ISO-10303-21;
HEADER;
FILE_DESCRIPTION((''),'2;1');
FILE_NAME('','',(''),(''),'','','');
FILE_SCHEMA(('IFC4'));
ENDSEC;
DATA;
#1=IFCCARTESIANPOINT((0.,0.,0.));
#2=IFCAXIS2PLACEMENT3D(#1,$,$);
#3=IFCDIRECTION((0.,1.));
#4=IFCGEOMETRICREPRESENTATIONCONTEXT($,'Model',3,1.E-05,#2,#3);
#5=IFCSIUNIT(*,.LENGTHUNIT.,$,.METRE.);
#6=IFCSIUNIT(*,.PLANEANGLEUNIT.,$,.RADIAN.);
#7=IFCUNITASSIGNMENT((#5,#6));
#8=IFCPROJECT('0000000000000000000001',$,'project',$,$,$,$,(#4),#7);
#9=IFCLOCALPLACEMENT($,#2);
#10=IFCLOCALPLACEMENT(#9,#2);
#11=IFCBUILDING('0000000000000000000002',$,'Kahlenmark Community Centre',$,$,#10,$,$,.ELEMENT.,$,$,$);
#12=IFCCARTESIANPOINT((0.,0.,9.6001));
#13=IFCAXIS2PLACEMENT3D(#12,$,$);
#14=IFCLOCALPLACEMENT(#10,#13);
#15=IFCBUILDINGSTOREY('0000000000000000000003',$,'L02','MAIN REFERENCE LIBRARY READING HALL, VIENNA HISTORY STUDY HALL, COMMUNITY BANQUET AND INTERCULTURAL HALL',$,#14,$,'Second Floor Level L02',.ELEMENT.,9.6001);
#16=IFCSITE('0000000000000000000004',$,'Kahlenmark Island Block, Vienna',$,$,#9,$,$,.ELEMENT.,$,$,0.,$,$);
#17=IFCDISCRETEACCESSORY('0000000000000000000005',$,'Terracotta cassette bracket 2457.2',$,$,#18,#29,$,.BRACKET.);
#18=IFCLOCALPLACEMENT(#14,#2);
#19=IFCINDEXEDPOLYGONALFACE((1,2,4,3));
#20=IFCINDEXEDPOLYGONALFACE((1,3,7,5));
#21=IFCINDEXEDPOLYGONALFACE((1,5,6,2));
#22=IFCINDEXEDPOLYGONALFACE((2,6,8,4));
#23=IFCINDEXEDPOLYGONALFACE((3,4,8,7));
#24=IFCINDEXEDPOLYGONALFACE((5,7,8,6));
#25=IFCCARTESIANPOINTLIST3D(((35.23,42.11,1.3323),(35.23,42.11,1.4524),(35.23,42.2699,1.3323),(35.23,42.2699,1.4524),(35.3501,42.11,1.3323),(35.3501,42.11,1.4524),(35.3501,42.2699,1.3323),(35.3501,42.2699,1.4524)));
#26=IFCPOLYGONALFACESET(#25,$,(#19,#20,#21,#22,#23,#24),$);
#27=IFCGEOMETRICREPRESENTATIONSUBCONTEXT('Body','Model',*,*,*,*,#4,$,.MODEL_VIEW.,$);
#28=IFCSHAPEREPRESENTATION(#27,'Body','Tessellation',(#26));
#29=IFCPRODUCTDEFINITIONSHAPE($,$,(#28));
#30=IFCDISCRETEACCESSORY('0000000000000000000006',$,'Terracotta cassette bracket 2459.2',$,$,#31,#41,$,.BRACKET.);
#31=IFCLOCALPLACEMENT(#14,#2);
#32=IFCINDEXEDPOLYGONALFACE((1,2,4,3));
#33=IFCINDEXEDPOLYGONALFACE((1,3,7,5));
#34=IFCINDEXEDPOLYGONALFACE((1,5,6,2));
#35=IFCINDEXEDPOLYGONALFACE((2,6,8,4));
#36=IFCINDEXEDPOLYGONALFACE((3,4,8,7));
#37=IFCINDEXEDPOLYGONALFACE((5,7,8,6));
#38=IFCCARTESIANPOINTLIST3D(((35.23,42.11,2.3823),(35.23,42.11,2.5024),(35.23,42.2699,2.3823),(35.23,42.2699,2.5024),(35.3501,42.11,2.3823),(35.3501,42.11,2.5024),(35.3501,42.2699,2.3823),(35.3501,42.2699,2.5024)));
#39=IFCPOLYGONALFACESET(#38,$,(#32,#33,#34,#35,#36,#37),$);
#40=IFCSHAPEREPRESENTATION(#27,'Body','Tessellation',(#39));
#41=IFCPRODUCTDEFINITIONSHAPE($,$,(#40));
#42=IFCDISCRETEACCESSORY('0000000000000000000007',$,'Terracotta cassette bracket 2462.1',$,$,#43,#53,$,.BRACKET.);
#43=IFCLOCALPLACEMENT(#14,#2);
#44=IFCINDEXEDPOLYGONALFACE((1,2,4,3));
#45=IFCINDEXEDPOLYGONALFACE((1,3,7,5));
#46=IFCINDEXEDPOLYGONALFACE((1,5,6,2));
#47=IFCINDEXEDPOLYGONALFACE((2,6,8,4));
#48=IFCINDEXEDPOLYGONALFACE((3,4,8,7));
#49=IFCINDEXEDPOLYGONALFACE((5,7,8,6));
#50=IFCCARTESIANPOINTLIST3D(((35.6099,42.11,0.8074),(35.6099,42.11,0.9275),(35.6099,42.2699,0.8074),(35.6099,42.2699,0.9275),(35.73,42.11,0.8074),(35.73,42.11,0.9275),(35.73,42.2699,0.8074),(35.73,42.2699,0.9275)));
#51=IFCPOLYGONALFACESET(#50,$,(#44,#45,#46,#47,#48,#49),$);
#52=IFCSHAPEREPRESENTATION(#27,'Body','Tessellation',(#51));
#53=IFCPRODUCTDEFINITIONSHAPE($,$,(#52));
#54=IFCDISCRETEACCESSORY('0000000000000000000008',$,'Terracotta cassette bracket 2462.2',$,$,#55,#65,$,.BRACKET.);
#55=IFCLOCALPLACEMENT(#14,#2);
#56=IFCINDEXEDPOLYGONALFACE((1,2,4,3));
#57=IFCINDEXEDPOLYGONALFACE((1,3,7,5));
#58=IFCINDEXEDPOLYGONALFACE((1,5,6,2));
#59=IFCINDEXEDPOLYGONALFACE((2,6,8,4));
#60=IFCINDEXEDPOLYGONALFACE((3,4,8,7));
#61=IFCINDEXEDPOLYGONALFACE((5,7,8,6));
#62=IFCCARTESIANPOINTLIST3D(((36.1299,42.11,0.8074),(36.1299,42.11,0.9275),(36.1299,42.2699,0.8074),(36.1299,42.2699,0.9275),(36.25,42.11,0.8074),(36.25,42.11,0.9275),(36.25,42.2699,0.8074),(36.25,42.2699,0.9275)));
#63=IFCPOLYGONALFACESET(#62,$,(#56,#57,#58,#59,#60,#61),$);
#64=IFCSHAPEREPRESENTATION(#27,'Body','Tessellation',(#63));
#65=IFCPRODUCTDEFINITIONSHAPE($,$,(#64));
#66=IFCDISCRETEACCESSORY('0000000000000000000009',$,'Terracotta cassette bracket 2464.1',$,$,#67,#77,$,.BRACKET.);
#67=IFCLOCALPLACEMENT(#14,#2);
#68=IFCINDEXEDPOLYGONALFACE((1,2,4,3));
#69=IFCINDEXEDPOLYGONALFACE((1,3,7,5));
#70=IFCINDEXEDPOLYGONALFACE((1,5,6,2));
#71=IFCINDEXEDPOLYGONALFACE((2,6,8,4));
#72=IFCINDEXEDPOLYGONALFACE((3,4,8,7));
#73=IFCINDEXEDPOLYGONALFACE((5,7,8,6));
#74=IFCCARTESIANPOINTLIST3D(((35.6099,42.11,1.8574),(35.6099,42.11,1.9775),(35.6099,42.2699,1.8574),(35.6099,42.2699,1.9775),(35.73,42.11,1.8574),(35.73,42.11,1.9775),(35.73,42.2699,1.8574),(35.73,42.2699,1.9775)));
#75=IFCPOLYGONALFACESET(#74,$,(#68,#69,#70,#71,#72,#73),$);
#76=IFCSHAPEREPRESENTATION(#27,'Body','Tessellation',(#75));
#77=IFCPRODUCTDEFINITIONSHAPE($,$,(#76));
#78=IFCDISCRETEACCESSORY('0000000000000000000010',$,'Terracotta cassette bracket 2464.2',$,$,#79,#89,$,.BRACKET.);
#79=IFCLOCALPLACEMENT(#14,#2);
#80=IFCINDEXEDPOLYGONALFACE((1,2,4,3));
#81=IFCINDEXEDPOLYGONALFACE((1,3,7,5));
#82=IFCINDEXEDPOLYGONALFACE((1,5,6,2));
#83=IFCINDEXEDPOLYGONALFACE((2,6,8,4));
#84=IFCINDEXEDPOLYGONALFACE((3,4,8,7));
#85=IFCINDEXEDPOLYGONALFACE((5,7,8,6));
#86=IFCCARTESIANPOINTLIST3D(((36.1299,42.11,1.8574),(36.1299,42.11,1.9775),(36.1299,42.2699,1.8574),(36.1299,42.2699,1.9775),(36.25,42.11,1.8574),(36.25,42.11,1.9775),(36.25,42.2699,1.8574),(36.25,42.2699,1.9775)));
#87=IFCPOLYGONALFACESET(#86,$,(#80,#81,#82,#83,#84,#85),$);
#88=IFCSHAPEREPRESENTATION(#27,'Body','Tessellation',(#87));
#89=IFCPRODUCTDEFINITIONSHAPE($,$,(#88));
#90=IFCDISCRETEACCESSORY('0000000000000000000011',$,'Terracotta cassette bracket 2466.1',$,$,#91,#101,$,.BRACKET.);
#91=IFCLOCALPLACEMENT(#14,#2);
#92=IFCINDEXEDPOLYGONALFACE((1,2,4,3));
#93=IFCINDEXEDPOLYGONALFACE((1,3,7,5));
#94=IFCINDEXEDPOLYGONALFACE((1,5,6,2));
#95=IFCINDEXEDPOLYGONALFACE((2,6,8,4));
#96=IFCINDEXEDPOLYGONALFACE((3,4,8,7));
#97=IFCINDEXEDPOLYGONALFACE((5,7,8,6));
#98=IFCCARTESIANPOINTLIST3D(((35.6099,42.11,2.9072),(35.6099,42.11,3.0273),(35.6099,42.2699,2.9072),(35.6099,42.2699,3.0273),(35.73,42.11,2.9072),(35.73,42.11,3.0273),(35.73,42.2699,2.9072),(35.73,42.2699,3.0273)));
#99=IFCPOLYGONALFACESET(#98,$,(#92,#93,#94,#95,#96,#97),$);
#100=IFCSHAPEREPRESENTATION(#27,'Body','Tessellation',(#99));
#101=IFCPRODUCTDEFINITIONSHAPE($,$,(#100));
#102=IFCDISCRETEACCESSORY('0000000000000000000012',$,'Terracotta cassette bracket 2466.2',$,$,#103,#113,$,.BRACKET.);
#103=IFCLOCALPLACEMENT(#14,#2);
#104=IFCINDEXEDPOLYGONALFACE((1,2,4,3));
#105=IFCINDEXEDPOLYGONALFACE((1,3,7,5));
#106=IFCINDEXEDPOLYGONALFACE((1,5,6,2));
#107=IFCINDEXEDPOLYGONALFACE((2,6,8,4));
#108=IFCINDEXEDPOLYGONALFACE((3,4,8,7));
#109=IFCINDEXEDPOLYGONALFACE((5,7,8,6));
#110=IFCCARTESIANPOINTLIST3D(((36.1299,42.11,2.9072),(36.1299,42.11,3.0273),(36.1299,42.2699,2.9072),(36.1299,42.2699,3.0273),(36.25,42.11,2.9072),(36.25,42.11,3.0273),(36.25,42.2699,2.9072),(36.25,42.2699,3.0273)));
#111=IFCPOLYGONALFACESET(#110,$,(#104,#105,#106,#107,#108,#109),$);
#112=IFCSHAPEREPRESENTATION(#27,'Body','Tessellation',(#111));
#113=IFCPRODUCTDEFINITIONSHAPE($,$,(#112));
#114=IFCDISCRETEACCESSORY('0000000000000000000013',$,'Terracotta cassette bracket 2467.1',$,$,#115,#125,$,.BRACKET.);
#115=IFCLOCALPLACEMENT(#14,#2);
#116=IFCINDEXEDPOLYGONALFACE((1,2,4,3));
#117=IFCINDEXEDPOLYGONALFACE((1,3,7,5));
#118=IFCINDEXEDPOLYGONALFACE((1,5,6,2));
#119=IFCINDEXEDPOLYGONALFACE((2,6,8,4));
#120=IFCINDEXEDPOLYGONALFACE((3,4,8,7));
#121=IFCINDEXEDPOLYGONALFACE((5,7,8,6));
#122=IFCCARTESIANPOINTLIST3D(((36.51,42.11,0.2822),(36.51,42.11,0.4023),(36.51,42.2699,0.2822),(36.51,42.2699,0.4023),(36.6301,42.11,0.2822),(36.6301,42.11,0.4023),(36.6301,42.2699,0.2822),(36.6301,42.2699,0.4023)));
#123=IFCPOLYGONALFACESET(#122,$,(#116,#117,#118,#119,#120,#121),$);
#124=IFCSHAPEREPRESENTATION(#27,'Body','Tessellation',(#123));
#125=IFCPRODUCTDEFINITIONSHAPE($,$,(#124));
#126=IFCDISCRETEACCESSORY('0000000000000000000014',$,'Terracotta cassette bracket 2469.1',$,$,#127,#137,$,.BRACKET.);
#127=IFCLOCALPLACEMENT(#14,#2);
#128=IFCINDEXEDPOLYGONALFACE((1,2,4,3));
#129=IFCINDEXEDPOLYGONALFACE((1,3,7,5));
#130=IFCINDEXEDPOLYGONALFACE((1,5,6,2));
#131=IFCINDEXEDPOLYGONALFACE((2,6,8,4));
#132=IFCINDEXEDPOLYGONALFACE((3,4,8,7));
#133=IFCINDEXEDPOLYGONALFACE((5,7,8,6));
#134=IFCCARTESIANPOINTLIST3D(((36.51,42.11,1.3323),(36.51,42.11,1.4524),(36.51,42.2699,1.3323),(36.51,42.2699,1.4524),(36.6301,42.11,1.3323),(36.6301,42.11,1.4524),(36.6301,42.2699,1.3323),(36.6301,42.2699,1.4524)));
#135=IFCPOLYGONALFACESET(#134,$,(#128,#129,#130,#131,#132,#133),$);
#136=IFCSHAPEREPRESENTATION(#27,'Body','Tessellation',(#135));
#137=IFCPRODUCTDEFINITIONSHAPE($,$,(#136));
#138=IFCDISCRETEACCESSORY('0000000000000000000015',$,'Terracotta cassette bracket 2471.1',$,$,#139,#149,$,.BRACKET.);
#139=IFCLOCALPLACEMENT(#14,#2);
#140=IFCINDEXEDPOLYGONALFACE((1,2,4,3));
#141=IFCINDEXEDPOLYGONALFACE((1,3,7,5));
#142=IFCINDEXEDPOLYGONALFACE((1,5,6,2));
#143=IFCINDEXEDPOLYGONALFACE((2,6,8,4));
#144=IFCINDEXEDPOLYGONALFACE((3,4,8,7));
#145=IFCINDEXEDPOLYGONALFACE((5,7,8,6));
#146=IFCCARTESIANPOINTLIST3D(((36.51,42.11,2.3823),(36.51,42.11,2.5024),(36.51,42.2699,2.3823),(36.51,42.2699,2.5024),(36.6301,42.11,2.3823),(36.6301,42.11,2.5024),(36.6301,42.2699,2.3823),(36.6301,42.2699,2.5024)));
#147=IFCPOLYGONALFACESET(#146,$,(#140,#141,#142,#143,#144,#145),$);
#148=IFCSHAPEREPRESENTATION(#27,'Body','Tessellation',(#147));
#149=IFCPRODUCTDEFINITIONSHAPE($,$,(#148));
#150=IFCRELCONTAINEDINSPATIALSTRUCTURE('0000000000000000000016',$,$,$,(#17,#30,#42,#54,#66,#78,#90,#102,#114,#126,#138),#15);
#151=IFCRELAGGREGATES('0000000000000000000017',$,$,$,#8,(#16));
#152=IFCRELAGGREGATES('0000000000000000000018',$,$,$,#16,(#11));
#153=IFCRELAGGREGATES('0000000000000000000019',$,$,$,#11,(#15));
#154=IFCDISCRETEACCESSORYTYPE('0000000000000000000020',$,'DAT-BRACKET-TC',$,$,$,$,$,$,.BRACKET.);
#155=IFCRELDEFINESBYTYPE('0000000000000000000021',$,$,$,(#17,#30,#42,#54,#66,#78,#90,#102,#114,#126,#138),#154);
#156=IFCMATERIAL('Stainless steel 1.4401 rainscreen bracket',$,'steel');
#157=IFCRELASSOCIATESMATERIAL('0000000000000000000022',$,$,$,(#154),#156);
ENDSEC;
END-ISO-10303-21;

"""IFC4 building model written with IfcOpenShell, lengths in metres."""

from ifc_helpers import new_model, si_unit, direction, frame, origin, origin_2d, place, context, subcontext, project, spatial, rectangle, extrude, material, type_object, element, save


model = new_model("IFC4")

# Units and contexts
model_context = context("Model", 3, precision=1e-05, world=origin(), true_north=direction((0.0, 1.0)))
body_context = subcontext(model_context, "Body", "Model", "MODEL_VIEW")
ifc_project = project(units=[si_unit("LENGTHUNIT", "METRE"), si_unit("PLANEANGLEUNIT", "RADIAN")], contexts=[model_context])

# Site, building, storey
site_placement = place(None, origin())
site = spatial("IfcSite", under=ifc_project, at=site_placement, Name="Kahlenmark Island Block, Vienna", CompositionType="ELEMENT", RefElevation=0.0)
building_placement = place(site_placement, origin())
building = spatial("IfcBuilding", under=site, at=building_placement, Name="Kahlenmark Community Centre", CompositionType="ELEMENT")
storey_placement = place(building_placement, frame((0.0, 0.0, 9.6001)))
storey = spatial("IfcBuildingStorey", under=building, at=storey_placement, Name="L02", Description="MAIN REFERENCE LIBRARY READING HALL, VIENNA HISTORY STUDY HALL, COMMUNITY BANQUET AND INTERCULTURAL HALL", LongName="Second Floor Level L02", CompositionType="ELEMENT", Elevation=9.6001)

# Discrete accessories
ifc_material_1 = material(Name="Stainless steel 1.4401 rainscreen bracket", Category="steel")
discrete_accessory_type = type_object("IfcDiscreteAccessoryType", Name="DAT-BRACKET-TC", PredefinedType="BRACKET", material=ifc_material_1)
for number, where, z_axis, x_axis, name in (
    (1, (35.29, 42.1899, 1.3323), (0.0, 0.0, 1.0), (1.0, 0.0, 0.0), "Terracotta cassette bracket 2457.2"),
    (2, (35.29, 42.1899, 2.3823), (0.0, 0.0, 1.0), (1.0, 0.0, 0.0), "Terracotta cassette bracket 2459.2"),
    (3, (35.6699, 42.1899, 0.8074), (0.0, 0.0, 1.0), (1.0, 0.0, 0.0), "Terracotta cassette bracket 2462.1"),
    (4, (36.1899, 42.1899, 0.8074), (0.0, 0.0, 1.0), (1.0, 0.0, 0.0), "Terracotta cassette bracket 2462.2"),
    (5, (35.6699, 42.1899, 1.8574), (0.0, 0.0, 1.0), (1.0, 0.0, 0.0), "Terracotta cassette bracket 2464.1"),
    (6, (36.1899, 42.1899, 1.8574), (0.0, 0.0, 1.0), (1.0, 0.0, 0.0), "Terracotta cassette bracket 2464.2"),
    (7, (35.6699, 42.1899, 2.9072), (0.0, 0.0, 1.0), (1.0, 0.0, 0.0), "Terracotta cassette bracket 2466.1"),
    (8, (36.1899, 42.1899, 2.9072), (0.0, 0.0, 1.0), (1.0, 0.0, 0.0), "Terracotta cassette bracket 2466.2"),
    (9, (36.5701, 42.1899, 0.2822), (0.0, 0.0, 1.0), (1.0, 0.0, 0.0), "Terracotta cassette bracket 2467.1"),
    (10, (36.5701, 42.1899, 1.3323), (0.0, 0.0, 1.0), (1.0, 0.0, 0.0), "Terracotta cassette bracket 2469.1"),
    (11, (36.5701, 42.1899, 2.3823), (0.0, 0.0, 1.0), (1.0, 0.0, 0.0), "Terracotta cassette bracket 2471.1"),
):
    element("IfcDiscreteAccessory", number, at=place(storey_placement, frame(where, z_axis=z_axis, x_axis=x_axis)), inside=storey, type_object=discrete_accessory_type, Name=name, PredefinedType="BRACKET", context=body_context, shape_type="SweptSolid", body=[
        extrude(rectangle(XDim=0.1201, YDim=0.1599, at=origin_2d()), origin(), (0.0, 0.0, 1.0), 0.1201),
    ])

save(model, "model.ifc")
